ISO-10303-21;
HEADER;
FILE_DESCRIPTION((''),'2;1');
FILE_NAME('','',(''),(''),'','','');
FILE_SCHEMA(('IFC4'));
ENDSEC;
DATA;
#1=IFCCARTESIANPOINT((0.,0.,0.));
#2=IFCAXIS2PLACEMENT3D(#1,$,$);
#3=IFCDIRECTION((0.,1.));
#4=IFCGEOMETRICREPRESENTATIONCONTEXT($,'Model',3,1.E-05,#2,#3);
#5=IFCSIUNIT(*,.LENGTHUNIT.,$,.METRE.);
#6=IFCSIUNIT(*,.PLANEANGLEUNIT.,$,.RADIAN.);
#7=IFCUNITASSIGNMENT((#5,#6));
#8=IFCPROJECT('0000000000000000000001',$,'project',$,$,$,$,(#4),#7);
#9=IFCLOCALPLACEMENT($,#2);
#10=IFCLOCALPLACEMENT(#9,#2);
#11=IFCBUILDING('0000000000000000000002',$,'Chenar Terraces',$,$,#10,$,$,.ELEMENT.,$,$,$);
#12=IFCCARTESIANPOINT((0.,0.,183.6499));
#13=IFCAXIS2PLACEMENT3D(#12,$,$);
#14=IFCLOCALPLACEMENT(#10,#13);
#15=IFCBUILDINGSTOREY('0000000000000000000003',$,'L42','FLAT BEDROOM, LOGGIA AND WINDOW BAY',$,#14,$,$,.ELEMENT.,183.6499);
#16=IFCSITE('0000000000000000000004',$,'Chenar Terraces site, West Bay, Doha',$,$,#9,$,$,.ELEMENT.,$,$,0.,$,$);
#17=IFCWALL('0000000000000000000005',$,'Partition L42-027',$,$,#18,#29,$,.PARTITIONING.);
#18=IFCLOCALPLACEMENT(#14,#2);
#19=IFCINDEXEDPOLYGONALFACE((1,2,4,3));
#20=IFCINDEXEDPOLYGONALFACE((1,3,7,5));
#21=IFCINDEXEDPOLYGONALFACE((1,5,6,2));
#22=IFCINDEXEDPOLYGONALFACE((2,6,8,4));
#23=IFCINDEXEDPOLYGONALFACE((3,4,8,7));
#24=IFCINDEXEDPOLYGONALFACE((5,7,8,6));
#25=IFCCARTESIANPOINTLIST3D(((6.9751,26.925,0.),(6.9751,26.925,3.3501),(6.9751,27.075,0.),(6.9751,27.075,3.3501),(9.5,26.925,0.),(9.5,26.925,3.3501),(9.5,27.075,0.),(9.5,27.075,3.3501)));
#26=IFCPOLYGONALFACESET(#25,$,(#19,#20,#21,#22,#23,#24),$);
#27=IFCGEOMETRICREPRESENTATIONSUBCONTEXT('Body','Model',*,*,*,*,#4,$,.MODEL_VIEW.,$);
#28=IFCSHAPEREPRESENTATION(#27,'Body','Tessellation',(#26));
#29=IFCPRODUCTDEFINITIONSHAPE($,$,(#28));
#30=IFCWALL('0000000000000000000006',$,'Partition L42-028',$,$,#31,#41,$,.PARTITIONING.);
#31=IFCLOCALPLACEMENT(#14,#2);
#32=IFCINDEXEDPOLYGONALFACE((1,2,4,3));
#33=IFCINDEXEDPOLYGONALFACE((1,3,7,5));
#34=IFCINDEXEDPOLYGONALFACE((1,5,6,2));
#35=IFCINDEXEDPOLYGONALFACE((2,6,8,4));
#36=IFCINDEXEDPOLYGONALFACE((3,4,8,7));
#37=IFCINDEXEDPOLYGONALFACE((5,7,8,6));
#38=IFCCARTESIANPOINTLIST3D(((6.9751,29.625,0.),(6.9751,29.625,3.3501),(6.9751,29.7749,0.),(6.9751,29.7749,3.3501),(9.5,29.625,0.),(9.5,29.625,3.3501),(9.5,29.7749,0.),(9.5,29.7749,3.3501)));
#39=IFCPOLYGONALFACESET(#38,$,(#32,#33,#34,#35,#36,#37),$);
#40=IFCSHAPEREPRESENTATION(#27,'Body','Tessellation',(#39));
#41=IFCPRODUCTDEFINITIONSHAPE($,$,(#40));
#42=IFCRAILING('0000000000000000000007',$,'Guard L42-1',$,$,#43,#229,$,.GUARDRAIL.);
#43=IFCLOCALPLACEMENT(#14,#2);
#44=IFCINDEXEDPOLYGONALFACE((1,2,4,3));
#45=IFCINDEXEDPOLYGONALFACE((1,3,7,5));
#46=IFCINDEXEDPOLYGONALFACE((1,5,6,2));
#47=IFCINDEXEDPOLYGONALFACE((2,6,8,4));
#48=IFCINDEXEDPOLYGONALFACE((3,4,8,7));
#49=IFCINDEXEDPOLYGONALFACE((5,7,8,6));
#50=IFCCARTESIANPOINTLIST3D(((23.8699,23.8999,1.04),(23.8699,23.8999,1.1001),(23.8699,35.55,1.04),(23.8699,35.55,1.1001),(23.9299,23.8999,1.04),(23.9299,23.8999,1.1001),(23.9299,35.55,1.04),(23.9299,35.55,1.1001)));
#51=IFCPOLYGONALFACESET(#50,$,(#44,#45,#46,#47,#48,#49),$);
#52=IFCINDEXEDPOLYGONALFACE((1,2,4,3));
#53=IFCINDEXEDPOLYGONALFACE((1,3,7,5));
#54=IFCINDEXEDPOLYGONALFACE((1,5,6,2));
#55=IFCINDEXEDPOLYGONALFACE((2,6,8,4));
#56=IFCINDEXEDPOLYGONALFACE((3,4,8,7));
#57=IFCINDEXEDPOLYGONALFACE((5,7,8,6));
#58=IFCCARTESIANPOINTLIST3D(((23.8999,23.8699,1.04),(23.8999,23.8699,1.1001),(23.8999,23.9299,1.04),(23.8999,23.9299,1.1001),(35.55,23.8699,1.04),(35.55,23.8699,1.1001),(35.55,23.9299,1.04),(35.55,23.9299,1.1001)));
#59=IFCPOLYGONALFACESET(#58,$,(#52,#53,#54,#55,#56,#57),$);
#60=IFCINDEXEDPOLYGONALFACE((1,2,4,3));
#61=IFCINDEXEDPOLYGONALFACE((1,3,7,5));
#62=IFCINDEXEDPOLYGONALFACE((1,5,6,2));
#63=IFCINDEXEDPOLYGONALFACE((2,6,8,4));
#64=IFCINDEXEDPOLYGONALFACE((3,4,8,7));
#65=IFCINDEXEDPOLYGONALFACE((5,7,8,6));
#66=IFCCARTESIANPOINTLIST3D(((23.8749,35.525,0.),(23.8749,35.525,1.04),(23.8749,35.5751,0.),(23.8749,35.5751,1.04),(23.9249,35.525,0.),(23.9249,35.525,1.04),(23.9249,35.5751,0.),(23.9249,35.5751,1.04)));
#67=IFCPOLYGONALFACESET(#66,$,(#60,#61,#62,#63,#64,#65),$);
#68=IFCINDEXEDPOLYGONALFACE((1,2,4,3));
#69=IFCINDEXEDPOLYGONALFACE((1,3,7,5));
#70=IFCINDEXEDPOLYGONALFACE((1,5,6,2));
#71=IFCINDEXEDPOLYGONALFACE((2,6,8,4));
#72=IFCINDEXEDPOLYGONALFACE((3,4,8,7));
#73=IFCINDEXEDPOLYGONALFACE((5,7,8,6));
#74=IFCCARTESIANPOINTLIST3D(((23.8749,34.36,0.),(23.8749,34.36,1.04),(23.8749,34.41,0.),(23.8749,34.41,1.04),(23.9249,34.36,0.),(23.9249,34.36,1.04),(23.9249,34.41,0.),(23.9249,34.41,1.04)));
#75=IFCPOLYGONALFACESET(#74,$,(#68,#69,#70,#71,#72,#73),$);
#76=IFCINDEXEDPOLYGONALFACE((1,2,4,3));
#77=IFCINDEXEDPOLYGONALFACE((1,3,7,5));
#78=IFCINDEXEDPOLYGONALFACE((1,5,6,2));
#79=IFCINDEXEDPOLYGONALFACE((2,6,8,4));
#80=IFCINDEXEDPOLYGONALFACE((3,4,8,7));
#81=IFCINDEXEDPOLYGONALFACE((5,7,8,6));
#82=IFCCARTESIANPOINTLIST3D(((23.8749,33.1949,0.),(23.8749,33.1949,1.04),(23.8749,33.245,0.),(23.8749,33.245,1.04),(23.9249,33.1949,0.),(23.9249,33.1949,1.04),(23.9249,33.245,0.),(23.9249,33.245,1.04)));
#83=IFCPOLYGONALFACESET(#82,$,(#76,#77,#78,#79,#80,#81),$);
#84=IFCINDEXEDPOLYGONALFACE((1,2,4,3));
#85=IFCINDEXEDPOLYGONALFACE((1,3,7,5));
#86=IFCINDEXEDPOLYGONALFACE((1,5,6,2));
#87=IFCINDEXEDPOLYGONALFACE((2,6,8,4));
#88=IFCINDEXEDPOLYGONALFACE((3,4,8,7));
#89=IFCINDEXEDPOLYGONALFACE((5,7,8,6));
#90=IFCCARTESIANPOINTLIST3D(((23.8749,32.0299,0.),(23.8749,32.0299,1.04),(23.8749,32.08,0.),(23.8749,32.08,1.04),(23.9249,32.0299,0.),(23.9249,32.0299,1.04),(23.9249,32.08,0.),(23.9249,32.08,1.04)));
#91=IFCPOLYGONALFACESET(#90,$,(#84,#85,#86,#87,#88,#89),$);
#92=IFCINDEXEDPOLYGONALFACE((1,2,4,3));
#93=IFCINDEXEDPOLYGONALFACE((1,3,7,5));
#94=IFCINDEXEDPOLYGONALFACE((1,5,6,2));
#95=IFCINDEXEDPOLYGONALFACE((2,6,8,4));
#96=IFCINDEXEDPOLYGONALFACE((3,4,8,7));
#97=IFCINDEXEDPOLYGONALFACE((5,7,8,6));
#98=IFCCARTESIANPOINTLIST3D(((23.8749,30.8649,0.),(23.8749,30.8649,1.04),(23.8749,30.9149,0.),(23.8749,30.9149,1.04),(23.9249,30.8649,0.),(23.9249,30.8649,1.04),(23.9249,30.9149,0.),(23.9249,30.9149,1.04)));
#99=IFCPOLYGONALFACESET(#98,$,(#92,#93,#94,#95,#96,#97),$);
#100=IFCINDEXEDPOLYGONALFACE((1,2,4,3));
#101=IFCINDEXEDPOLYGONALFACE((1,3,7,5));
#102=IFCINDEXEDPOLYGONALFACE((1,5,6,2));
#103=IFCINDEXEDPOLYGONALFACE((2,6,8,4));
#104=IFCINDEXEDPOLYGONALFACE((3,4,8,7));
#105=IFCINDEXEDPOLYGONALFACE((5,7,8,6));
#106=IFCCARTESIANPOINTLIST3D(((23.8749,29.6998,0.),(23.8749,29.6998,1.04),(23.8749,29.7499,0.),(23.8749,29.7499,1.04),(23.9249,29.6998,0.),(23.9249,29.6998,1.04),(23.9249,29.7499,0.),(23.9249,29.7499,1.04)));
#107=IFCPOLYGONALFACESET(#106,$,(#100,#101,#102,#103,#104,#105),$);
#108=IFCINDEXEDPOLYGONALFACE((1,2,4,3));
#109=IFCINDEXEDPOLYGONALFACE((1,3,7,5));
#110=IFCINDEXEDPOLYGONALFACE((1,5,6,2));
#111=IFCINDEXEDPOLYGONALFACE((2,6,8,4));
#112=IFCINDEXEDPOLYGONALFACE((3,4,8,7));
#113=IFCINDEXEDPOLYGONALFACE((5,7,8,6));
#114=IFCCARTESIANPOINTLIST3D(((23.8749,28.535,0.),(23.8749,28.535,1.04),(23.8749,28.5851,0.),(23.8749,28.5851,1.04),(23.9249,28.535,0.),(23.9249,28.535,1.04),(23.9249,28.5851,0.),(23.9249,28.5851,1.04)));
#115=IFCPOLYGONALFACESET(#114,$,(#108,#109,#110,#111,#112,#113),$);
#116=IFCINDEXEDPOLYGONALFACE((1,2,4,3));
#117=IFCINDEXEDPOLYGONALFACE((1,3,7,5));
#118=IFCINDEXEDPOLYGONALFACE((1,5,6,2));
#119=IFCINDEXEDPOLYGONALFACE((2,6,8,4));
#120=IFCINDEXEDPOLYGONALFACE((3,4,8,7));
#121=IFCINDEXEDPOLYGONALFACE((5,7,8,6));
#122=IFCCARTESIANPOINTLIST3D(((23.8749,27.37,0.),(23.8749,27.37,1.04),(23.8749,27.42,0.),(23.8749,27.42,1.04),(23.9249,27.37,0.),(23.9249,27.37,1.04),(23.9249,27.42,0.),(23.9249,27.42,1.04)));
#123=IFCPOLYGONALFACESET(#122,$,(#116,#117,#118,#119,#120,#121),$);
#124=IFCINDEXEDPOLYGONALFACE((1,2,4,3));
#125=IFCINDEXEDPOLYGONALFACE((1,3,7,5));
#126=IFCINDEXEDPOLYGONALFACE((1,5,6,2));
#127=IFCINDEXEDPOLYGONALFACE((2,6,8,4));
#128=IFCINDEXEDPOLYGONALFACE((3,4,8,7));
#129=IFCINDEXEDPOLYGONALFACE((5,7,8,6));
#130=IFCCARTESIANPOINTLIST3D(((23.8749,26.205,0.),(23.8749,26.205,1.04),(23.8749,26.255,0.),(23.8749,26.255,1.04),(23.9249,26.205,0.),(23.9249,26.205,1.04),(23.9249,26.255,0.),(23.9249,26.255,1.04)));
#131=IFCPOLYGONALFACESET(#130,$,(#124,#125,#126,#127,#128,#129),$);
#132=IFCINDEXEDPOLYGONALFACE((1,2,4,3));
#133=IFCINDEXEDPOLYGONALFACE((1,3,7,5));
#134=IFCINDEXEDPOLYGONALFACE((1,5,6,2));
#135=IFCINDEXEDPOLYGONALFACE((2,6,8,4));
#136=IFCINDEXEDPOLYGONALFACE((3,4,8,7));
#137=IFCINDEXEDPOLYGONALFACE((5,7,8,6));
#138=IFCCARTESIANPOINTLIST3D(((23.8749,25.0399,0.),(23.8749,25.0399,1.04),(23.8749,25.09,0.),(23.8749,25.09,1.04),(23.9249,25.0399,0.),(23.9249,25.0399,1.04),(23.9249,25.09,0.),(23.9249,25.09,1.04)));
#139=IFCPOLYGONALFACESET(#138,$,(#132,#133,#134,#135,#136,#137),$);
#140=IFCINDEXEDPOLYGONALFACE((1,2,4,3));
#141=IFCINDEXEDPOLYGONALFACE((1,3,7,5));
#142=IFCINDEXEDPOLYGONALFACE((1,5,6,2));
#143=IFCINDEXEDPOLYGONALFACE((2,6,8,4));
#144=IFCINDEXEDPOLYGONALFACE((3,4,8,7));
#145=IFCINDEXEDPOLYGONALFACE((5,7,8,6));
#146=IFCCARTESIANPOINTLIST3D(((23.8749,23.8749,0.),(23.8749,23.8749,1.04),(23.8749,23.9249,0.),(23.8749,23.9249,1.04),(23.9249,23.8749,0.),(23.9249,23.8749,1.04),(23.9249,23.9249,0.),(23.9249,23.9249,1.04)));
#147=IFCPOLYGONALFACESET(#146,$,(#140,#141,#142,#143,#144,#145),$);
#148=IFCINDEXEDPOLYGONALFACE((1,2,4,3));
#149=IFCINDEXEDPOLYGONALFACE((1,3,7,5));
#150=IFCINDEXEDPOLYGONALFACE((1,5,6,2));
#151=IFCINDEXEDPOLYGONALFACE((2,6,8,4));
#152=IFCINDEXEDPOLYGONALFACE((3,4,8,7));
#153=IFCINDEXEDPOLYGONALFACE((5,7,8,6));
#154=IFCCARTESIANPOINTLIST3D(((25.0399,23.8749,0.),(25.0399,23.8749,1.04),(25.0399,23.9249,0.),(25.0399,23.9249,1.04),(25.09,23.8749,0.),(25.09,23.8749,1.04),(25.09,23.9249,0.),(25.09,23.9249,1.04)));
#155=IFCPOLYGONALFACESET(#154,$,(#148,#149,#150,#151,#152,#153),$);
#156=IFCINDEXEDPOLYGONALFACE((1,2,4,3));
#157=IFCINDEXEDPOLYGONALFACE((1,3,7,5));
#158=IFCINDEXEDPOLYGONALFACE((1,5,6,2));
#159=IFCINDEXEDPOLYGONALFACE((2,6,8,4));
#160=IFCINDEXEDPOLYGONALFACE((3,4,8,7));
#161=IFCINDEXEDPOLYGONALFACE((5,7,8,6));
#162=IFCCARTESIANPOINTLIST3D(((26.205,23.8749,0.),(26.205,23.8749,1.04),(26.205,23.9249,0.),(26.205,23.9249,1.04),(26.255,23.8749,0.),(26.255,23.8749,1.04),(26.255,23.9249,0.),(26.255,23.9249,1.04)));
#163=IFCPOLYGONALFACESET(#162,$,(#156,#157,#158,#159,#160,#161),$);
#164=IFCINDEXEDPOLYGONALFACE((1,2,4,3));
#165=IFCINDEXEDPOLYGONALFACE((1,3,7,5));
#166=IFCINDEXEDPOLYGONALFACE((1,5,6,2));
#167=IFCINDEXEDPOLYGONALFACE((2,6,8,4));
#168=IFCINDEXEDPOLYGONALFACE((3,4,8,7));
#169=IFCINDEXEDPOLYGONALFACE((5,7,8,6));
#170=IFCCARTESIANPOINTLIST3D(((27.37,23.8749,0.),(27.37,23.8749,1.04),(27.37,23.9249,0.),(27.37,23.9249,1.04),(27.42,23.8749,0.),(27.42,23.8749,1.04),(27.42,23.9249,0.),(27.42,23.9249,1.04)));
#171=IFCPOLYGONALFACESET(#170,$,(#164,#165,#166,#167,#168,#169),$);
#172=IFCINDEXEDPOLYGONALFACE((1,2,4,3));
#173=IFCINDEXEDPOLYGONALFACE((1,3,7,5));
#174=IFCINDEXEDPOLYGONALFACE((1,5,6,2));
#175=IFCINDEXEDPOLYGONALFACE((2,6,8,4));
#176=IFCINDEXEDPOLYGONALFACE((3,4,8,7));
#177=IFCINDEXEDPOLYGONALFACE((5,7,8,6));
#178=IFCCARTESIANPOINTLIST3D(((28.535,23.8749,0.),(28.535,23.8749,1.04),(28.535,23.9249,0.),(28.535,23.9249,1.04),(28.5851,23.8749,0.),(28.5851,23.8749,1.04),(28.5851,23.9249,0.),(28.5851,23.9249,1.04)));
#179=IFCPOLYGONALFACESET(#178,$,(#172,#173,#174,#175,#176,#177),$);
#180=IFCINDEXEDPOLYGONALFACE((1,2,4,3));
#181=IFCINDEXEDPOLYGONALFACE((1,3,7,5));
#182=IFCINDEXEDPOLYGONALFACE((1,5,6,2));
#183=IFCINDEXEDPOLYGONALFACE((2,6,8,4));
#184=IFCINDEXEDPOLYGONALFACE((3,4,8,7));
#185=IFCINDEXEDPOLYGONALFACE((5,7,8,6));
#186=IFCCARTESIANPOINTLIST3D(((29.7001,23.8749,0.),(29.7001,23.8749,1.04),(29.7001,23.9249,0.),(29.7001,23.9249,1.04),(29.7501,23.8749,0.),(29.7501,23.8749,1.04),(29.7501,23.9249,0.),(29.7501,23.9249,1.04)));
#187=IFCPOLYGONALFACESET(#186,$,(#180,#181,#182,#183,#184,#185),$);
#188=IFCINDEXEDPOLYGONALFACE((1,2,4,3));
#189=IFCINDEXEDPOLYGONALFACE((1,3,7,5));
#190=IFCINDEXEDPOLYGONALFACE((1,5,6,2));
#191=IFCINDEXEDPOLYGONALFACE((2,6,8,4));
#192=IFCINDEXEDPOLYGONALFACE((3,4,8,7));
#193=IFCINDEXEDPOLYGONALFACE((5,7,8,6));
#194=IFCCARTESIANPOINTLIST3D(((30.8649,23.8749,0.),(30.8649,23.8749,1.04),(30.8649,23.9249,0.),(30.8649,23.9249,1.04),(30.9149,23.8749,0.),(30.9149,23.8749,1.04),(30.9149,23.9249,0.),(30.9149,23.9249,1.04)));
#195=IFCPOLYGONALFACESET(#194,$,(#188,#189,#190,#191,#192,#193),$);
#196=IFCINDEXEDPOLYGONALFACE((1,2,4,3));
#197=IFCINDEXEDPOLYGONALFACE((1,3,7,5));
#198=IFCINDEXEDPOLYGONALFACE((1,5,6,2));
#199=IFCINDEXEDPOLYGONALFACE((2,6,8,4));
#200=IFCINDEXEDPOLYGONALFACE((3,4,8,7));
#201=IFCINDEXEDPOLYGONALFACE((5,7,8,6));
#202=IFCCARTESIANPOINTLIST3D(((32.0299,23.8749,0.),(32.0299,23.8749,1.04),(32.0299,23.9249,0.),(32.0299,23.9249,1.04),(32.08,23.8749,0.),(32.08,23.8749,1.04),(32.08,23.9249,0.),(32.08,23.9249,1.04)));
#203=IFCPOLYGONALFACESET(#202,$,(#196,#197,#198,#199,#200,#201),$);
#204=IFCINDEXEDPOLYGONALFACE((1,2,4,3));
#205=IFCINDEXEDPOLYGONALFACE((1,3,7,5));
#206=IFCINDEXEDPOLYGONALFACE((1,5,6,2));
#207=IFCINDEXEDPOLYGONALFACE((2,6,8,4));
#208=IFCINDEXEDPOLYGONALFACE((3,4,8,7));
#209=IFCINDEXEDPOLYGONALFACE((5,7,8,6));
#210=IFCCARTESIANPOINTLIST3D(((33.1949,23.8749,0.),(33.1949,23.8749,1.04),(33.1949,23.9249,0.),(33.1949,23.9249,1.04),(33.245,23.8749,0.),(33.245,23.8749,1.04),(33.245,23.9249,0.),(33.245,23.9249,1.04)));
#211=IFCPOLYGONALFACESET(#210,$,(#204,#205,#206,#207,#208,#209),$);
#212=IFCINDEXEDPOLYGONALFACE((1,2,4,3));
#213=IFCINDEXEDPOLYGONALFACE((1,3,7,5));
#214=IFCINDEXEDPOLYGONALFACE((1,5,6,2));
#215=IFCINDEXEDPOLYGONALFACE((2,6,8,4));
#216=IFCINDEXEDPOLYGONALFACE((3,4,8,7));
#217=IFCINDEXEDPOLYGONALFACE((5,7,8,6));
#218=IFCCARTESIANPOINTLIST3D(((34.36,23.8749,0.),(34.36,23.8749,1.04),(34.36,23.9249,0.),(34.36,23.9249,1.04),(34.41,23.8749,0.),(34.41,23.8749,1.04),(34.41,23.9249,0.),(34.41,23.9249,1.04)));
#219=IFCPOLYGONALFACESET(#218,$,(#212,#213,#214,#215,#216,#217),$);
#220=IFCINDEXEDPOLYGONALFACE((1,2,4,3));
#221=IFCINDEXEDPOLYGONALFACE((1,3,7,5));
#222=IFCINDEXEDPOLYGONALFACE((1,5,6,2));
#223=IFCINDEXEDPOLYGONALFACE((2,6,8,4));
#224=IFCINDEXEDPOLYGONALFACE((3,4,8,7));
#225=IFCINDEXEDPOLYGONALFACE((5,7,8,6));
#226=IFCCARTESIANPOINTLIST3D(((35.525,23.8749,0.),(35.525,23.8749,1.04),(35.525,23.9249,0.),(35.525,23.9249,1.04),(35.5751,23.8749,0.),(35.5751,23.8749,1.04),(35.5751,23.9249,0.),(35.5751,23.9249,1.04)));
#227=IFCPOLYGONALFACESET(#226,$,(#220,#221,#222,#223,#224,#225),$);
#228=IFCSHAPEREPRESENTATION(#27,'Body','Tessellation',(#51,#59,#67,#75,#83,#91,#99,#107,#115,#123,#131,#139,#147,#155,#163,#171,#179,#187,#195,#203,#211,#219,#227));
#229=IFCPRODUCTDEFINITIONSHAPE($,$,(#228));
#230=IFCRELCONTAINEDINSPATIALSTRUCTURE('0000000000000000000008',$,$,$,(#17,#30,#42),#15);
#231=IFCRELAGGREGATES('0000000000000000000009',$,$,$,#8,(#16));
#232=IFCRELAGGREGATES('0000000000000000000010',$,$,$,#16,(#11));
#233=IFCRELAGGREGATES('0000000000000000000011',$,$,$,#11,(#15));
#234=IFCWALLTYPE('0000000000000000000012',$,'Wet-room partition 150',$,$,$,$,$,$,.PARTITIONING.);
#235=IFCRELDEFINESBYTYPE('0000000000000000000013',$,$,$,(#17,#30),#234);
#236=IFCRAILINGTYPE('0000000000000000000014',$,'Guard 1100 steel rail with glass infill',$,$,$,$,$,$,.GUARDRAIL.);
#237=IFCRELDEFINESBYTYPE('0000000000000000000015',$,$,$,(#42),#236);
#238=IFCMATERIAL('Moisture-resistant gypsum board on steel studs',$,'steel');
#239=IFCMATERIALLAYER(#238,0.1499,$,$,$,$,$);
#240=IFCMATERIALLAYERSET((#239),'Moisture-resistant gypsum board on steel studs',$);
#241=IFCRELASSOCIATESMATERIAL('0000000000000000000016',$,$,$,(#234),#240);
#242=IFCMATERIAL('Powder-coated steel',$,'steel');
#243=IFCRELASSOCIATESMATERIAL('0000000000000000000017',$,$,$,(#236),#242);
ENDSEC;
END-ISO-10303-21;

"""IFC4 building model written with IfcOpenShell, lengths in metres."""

from ifc_helpers import new_model, si_unit, direction, frame, frame_2d, origin, origin_2d, place, context, subcontext, project, spatial, rectangle, extrude, material, layer, layer_set, type_object, element, save


model = new_model("IFC4")

# Units and contexts
model_context = context("Model", 3, precision=1e-05, world=origin(), true_north=direction((0.0, 1.0)))
body_context = subcontext(model_context, "Body", "Model", "MODEL_VIEW")
ifc_project = project(units=[si_unit("LENGTHUNIT", "METRE"), si_unit("PLANEANGLEUNIT", "RADIAN")], contexts=[model_context])

# Site, building, storey
site_placement = place(None, origin())
site = spatial("IfcSite", under=ifc_project, at=site_placement, Name="Chenar Terraces site, West Bay, Doha", CompositionType="ELEMENT", RefElevation=0.0)
building_placement = place(site_placement, origin())
building = spatial("IfcBuilding", under=site, at=building_placement, Name="Chenar Terraces", CompositionType="ELEMENT")
storey_placement = place(building_placement, frame((0.0, 0.0, 183.6499)))
storey = spatial("IfcBuildingStorey", under=building, at=storey_placement, Name="L42", Description="FLAT BEDROOM, LOGGIA AND WINDOW BAY", CompositionType="ELEMENT", Elevation=183.6499)

# Walls
ifc_material_1 = material(Name="Moisture-resistant gypsum board on steel studs", Category="steel")
ifc_layer_1 = layer(ifc_material_1, 0.1499)
ifc_layer_set_1 = layer_set([ifc_layer_1], Name="Moisture-resistant gypsum board on steel studs")
wall_type_1 = type_object("IfcWallType", Name="Wet-room partition 150", PredefinedType="PARTITIONING", material=ifc_layer_set_1)
for number, where, z_axis, x_axis, name in (
    (1, (6.9751, 27.0, 0.0), (0.0, 0.0, 1.0), (1.0, 0.0, 0.0), "Partition L42-027"),
    (2, (6.9751, 29.7, 0.0), (0.0, 0.0, 1.0), (1.0, 0.0, 0.0), "Partition L42-028"),
):
    element("IfcWall", number, at=place(storey_placement, frame(where, z_axis=z_axis, x_axis=x_axis)), inside=storey, type_object=wall_type_1, Name=name, PredefinedType="PARTITIONING", context=body_context, shape_type="SweptSolid", body=[
        extrude(rectangle(XDim=2.5249, YDim=0.1499, at=frame_2d((1.2625, 0.0))), origin(), (0.0, 0.0, 1.0), 3.3501),
    ])

# Railing
ifc_material_2 = material(Name="Powder-coated steel", Category="steel")
railing_type = type_object("IfcRailingType", Name="Guard 1100 steel rail with glass infill", PredefinedType="GUARDRAIL", material=ifc_material_2)
railing_placement = place(storey_placement, frame((23.8999, 35.55, 0.0)))
element("IfcRailing", 3, at=railing_placement, inside=storey, type_object=railing_type, Name="Guard L42-1", PredefinedType="GUARDRAIL", context=body_context, shape_type="SweptSolid", body=[
    extrude(rectangle(XDim=0.0601, YDim=0.0601, at=origin_2d()), frame((0.0, 0.0, 1.0701), z_axis=(0.0, -1.0, 0.0), x_axis=(1.0, 0.0, 0.0)), (0.0, 0.0, 1.0), 11.6501),
    extrude(rectangle(XDim=0.0601, YDim=0.0601, at=origin_2d()), frame((0.0, -11.6501, 1.0701), z_axis=(1.0, 0.0, 0.0), x_axis=(0.0, 1.0, 0.0)), (0.0, 0.0, 1.0), 11.6501),
    extrude(rectangle(XDim=0.05, YDim=0.05, at=origin_2d()), origin(), (0.0, 0.0, 1.0), 1.04),
    extrude(rectangle(XDim=0.05, YDim=0.05, at=origin_2d()), frame((0.0, -1.165, 0.0)), (0.0, 0.0, 1.0), 1.04),
    extrude(rectangle(XDim=0.05, YDim=0.05, at=origin_2d()), frame((0.0, -2.3301, 0.0)), (0.0, 0.0, 1.0), 1.04),
    extrude(rectangle(XDim=0.05, YDim=0.05, at=origin_2d()), frame((0.0, -3.4951, 0.0)), (0.0, 0.0, 1.0), 1.04),
    extrude(rectangle(XDim=0.05, YDim=0.05, at=origin_2d()), frame((0.0, -4.6602, 0.0)), (0.0, 0.0, 1.0), 1.04),
    extrude(rectangle(XDim=0.05, YDim=0.05, at=origin_2d()), frame((0.0, -5.8252, 0.0)), (0.0, 0.0, 1.0), 1.04),
    extrude(rectangle(XDim=0.05, YDim=0.05, at=origin_2d()), frame((0.0, -6.99, 0.0)), (0.0, 0.0, 1.0), 1.04),
    extrude(rectangle(XDim=0.05, YDim=0.05, at=origin_2d()), frame((0.0, -8.155, 0.0)), (0.0, 0.0, 1.0), 1.04),
    extrude(rectangle(XDim=0.05, YDim=0.05, at=origin_2d()), frame((0.0, -9.3201, 0.0)), (0.0, 0.0, 1.0), 1.04),
    extrude(rectangle(XDim=0.05, YDim=0.05, at=origin_2d()), frame((0.0, -10.4851, 0.0)), (0.0, 0.0, 1.0), 1.04),
    extrude(rectangle(XDim=0.05, YDim=0.05, at=origin_2d()), frame((0.0, -11.6501, 0.0)), (0.0, 0.0, 1.0), 1.04),
    extrude(rectangle(XDim=0.05, YDim=0.05, at=origin_2d()), frame((1.165, -11.6501, 0.0)), (0.0, 0.0, 1.0), 1.04),
    extrude(rectangle(XDim=0.05, YDim=0.05, at=origin_2d()), frame((2.3301, -11.6501, 0.0)), (0.0, 0.0, 1.0), 1.04),
    extrude(rectangle(XDim=0.05, YDim=0.05, at=origin_2d()), frame((3.4951, -11.6501, 0.0)), (0.0, 0.0, 1.0), 1.04),
    extrude(rectangle(XDim=0.05, YDim=0.05, at=origin_2d()), frame((4.6602, -11.6501, 0.0)), (0.0, 0.0, 1.0), 1.04),
    extrude(rectangle(XDim=0.05, YDim=0.05, at=origin_2d()), frame((5.8252, -11.6501, 0.0)), (0.0, 0.0, 1.0), 1.04),
    extrude(rectangle(XDim=0.05, YDim=0.05, at=origin_2d()), frame((6.99, -11.6501, 0.0)), (0.0, 0.0, 1.0), 1.04),
    extrude(rectangle(XDim=0.05, YDim=0.05, at=origin_2d()), frame((8.155, -11.6501, 0.0)), (0.0, 0.0, 1.0), 1.04),
    extrude(rectangle(XDim=0.05, YDim=0.05, at=origin_2d()), frame((9.3201, -11.6501, 0.0)), (0.0, 0.0, 1.0), 1.04),
    extrude(rectangle(XDim=0.05, YDim=0.05, at=origin_2d()), frame((10.4851, -11.6501, 0.0)), (0.0, 0.0, 1.0), 1.04),
    extrude(rectangle(XDim=0.05, YDim=0.05, at=origin_2d()), frame((11.6501, -11.6501, 0.0)), (0.0, 0.0, 1.0), 1.04),
])

save(model, "model.ifc")
